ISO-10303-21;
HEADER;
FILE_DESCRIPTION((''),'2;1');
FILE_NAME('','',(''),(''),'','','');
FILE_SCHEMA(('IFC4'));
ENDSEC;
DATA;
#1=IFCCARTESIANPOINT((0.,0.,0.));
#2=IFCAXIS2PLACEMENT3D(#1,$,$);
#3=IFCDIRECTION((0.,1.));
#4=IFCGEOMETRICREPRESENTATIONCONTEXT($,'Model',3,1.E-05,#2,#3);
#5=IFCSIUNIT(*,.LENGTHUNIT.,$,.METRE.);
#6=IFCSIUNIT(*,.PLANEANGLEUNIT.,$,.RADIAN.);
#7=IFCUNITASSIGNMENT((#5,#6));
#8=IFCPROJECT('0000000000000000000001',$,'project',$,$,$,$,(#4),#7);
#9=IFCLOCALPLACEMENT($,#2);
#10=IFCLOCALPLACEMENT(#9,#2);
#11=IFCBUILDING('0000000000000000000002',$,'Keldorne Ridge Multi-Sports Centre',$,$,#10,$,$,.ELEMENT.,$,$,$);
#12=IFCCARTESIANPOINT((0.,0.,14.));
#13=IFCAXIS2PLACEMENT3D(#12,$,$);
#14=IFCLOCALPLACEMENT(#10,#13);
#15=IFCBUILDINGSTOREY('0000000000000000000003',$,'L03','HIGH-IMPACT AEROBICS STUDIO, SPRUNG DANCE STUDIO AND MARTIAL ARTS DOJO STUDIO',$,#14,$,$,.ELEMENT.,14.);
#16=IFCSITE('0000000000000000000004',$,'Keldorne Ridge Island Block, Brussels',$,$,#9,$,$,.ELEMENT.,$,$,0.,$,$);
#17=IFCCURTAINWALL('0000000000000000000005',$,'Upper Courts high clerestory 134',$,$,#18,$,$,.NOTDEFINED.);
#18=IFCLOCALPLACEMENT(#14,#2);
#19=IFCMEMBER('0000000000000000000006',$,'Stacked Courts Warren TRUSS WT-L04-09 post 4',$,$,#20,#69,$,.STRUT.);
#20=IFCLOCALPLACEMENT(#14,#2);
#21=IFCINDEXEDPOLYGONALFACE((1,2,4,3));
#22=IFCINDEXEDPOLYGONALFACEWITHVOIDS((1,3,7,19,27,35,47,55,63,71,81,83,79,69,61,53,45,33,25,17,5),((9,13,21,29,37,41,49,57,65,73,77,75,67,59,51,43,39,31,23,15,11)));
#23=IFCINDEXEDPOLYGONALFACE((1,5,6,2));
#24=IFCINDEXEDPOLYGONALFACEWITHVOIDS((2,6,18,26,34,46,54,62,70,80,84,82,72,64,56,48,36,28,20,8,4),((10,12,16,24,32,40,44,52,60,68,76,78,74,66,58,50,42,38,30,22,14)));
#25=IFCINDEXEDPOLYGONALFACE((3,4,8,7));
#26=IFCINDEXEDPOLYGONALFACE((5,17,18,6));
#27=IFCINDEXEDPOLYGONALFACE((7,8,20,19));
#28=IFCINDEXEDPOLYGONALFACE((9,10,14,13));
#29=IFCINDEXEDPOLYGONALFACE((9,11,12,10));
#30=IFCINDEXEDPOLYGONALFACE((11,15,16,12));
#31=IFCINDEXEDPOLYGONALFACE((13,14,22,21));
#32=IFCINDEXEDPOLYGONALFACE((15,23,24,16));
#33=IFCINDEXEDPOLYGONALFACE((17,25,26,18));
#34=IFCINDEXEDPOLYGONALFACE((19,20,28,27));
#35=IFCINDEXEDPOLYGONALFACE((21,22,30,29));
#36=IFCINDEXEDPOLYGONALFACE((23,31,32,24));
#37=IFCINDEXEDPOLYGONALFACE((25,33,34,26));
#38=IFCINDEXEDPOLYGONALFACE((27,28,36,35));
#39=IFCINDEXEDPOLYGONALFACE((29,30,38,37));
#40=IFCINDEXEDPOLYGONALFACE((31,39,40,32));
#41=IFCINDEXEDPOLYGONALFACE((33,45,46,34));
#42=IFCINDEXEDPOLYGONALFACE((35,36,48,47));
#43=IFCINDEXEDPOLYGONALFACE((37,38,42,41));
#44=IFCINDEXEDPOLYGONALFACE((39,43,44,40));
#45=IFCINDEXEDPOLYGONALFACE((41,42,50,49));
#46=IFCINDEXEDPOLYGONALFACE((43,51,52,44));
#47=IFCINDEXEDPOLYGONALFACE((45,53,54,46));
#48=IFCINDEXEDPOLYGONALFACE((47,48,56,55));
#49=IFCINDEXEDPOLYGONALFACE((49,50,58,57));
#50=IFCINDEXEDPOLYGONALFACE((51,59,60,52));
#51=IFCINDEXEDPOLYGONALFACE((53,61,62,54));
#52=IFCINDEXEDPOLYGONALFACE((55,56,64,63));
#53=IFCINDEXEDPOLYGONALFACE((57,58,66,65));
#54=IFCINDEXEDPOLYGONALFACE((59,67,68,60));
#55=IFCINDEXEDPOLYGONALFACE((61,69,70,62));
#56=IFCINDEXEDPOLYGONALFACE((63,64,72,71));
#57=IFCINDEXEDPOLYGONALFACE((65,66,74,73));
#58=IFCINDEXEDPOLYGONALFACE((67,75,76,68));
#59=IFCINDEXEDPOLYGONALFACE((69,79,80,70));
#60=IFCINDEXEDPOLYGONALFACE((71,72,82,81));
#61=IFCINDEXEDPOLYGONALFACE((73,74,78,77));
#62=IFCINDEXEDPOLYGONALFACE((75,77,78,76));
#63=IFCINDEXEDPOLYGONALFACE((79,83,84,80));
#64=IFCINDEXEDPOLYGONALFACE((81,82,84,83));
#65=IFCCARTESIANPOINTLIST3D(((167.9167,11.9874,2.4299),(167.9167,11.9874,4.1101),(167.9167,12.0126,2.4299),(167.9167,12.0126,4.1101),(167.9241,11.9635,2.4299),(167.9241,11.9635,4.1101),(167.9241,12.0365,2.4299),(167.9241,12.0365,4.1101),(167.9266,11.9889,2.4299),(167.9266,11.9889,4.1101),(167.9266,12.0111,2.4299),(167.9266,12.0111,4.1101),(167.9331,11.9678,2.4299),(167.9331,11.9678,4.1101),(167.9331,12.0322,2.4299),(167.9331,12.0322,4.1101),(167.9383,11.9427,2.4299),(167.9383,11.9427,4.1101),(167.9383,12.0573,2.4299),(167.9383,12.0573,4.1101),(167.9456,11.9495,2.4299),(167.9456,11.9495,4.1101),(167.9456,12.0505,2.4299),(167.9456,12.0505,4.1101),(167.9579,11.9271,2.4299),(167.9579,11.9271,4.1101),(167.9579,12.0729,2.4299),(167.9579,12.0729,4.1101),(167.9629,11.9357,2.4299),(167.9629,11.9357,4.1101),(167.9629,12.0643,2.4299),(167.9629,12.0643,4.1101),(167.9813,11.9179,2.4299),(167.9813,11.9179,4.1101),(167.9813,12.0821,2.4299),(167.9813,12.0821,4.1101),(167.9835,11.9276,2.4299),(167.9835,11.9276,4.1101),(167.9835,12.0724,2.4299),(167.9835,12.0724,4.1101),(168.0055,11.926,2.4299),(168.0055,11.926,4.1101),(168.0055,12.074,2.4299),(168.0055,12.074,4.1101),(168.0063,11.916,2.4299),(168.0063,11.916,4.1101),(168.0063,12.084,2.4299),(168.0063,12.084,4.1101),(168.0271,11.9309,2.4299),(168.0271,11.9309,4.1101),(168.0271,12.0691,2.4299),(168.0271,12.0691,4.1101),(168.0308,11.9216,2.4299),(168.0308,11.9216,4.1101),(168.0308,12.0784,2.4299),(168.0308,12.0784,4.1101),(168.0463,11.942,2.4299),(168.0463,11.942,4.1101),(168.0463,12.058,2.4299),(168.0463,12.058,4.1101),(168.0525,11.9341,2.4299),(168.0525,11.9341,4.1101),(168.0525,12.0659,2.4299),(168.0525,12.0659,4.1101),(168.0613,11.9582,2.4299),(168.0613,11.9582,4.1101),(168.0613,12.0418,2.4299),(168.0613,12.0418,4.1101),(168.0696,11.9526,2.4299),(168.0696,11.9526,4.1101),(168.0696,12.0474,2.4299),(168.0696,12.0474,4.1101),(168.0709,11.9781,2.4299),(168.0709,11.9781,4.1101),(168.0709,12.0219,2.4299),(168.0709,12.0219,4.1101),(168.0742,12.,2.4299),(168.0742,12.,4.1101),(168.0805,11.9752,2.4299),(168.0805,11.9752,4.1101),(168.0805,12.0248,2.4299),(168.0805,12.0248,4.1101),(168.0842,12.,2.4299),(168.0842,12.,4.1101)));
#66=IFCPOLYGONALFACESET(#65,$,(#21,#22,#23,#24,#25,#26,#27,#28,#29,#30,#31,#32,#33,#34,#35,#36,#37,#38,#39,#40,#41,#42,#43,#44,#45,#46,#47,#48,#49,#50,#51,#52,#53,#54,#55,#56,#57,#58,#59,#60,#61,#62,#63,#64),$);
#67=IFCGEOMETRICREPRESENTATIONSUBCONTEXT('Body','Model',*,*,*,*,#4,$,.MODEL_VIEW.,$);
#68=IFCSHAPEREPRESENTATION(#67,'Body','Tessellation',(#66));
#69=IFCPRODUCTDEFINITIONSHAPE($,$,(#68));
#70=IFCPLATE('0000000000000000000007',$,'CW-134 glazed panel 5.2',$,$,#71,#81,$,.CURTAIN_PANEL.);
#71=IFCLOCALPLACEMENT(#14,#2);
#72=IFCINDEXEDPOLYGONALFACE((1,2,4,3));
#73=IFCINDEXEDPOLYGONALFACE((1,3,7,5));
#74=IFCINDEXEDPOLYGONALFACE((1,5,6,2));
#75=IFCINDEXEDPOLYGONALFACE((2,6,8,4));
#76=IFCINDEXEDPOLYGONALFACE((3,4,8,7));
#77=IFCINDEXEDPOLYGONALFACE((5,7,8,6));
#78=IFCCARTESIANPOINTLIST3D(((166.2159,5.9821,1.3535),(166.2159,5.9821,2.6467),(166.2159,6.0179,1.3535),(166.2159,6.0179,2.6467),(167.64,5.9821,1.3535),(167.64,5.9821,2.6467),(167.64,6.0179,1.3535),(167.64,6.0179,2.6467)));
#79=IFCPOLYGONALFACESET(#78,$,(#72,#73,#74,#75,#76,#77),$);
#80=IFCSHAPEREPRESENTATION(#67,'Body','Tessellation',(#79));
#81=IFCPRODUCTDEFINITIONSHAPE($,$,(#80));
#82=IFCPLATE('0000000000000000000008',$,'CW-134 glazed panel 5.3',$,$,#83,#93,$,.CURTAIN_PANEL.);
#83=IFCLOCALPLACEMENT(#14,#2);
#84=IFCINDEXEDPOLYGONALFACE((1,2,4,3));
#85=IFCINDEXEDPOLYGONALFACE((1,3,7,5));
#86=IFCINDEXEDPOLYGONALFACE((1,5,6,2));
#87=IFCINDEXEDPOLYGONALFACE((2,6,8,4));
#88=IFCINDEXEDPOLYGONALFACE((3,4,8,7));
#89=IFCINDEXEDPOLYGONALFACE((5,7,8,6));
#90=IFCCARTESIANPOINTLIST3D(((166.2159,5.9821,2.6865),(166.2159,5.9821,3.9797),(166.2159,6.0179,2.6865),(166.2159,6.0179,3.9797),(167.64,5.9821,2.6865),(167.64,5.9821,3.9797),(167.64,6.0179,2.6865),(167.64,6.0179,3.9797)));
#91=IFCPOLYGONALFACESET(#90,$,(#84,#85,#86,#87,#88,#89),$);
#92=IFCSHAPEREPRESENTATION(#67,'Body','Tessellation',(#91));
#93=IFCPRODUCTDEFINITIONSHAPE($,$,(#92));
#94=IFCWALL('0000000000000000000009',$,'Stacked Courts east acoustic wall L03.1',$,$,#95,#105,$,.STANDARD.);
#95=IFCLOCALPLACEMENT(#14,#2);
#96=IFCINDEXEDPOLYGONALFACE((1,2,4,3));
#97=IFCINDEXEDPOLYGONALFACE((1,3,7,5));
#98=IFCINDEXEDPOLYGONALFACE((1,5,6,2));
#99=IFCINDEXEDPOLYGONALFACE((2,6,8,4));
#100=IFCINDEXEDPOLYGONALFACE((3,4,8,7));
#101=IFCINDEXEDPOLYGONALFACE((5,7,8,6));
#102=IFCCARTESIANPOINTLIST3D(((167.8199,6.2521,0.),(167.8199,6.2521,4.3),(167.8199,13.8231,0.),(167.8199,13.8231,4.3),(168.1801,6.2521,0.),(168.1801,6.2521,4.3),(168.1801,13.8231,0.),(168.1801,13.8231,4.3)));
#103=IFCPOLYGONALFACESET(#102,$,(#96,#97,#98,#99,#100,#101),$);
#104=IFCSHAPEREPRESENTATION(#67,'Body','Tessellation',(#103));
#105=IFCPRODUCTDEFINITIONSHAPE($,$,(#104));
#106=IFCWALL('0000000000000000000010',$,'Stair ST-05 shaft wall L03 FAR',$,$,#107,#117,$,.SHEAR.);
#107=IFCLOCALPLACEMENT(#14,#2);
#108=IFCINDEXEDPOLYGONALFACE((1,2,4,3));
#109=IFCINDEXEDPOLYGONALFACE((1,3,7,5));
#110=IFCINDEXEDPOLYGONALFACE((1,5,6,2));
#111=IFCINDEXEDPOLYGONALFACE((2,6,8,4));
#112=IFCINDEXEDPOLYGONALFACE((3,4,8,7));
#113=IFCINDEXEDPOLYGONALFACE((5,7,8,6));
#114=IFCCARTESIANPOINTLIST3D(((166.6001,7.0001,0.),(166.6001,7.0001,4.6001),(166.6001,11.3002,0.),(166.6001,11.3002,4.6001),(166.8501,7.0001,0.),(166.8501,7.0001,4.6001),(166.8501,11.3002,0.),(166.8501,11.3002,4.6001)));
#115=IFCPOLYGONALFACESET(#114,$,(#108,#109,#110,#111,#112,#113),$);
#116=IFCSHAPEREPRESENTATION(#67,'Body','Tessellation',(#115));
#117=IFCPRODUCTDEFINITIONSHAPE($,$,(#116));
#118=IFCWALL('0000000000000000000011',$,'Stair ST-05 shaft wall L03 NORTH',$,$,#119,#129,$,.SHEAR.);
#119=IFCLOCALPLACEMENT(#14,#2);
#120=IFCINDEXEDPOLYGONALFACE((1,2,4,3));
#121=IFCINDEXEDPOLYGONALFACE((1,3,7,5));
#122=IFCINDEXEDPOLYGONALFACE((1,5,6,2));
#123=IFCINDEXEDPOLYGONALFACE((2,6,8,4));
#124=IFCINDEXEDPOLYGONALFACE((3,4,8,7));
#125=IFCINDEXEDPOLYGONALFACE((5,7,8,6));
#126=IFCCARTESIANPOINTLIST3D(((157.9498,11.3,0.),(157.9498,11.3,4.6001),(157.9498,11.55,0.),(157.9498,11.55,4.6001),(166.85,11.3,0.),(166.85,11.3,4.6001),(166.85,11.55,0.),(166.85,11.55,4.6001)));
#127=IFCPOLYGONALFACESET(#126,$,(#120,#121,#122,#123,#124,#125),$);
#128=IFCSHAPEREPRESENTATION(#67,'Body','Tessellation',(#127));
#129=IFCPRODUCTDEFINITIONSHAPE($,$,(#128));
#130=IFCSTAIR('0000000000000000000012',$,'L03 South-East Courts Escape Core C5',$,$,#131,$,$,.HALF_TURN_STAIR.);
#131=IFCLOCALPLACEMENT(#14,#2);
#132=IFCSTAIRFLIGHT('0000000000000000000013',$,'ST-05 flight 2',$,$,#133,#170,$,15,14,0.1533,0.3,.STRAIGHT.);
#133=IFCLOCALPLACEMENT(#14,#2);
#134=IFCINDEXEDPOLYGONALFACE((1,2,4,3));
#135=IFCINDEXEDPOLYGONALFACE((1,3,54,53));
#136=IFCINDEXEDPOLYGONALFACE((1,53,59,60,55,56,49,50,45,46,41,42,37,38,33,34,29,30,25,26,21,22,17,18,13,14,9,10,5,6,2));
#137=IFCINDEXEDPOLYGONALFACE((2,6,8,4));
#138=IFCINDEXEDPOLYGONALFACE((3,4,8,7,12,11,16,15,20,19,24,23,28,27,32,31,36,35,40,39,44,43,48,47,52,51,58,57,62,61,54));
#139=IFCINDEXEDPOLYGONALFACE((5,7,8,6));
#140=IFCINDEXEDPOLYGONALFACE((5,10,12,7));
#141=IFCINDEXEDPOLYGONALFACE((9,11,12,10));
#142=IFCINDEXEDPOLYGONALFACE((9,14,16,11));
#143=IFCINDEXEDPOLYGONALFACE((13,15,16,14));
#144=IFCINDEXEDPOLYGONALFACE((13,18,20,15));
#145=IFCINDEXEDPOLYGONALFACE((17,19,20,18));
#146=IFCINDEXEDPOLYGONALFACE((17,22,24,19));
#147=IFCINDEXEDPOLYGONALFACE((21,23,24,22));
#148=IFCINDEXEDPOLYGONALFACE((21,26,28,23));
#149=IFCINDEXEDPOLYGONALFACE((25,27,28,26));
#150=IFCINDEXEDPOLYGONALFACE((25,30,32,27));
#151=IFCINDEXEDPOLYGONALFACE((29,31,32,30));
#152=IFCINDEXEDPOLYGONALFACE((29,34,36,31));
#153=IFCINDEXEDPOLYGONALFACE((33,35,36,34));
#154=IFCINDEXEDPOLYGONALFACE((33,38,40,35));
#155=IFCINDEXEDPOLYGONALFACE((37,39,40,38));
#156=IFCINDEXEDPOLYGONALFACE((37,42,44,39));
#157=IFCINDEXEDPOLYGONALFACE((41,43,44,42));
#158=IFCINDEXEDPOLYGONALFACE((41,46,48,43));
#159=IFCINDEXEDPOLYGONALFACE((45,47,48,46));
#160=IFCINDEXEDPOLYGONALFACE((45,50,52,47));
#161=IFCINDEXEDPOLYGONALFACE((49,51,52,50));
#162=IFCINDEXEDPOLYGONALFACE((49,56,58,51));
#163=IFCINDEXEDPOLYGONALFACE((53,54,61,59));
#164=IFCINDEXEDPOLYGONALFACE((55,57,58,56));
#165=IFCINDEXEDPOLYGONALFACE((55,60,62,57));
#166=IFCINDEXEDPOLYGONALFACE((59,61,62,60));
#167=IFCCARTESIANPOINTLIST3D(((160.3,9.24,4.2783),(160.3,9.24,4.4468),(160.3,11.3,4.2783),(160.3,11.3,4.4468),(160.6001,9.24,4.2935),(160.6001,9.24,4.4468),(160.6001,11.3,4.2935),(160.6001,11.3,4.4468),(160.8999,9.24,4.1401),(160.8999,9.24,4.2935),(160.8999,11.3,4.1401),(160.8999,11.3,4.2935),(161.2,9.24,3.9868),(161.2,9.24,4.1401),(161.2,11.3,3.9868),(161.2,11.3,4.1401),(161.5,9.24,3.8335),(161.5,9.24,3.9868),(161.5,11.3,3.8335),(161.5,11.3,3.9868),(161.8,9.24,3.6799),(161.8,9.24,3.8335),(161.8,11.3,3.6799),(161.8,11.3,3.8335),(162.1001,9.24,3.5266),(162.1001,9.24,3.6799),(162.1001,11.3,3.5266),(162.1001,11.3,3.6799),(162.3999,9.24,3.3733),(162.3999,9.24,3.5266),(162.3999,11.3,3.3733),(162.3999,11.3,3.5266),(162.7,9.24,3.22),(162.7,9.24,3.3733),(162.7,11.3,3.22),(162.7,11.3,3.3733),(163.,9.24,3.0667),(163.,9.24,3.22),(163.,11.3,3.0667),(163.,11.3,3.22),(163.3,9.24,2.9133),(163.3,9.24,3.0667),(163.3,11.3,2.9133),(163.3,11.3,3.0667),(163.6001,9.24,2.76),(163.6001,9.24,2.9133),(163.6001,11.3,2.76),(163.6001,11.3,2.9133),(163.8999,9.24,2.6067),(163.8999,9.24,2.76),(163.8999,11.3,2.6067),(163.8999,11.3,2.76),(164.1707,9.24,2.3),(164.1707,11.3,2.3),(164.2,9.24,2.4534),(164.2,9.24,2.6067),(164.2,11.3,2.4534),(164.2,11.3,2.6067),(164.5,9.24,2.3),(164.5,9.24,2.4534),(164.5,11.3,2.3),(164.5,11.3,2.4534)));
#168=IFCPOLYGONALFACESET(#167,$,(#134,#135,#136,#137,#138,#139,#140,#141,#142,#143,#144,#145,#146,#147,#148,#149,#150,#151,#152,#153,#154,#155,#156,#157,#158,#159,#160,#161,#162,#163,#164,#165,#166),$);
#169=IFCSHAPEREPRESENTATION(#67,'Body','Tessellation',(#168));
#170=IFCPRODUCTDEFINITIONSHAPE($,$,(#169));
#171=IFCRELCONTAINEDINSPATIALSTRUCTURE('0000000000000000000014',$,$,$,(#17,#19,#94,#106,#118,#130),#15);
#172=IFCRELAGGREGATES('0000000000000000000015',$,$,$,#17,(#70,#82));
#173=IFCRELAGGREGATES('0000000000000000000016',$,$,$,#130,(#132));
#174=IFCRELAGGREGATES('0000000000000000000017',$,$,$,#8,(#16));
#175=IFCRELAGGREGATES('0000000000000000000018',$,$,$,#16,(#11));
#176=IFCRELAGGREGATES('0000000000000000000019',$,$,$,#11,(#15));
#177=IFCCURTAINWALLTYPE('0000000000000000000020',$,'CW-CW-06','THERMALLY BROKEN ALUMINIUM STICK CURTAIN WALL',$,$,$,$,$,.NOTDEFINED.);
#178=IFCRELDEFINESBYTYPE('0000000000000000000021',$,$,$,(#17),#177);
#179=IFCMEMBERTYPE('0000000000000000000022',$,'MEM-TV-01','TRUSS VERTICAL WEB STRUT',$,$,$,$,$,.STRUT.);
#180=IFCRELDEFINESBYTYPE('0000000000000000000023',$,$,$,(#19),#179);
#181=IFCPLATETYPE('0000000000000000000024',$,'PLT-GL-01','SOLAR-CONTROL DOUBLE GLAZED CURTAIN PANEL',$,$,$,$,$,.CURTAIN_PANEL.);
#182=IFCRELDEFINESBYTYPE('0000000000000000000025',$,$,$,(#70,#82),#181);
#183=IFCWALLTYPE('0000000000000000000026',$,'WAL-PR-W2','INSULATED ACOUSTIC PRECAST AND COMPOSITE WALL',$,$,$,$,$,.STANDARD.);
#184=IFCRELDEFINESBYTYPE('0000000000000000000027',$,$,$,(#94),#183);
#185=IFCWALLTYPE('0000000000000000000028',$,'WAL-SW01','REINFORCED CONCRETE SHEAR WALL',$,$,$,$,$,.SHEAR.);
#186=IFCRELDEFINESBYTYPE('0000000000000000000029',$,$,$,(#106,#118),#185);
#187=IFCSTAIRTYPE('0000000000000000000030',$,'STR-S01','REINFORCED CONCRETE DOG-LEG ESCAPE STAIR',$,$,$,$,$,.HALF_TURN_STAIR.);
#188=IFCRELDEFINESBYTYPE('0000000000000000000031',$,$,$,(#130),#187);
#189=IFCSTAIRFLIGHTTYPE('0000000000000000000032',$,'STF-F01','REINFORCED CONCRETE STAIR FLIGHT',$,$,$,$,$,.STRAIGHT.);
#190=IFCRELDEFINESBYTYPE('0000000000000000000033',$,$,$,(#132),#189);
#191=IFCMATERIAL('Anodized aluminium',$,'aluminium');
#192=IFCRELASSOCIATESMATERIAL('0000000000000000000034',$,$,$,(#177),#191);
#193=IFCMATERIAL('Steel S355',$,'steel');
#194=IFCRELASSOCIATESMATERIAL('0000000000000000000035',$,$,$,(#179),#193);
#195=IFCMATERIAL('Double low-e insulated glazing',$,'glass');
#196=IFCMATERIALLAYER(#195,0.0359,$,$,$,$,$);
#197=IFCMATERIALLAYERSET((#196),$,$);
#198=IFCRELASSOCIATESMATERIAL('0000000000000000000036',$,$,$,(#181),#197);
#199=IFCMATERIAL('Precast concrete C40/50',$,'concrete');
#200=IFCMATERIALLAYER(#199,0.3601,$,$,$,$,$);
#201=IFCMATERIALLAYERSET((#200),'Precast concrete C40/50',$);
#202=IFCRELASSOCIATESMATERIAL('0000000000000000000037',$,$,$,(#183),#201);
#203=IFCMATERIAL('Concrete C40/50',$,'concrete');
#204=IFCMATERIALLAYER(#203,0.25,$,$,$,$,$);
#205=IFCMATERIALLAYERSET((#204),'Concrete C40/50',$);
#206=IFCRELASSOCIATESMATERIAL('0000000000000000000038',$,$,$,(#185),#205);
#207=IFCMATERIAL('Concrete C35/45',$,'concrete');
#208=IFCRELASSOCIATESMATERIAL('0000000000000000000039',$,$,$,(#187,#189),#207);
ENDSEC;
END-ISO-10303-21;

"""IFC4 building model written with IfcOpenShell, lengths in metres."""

from ifc_helpers import new_model, si_unit, direction, frame, frame_2d, origin, origin_2d, place, context, subcontext, project, spatial, polyline, rectangle, hollow_circle, outline, extrude, material, layer, layer_set, material_profile, profile_set, type_object, element, aggregate, save


model = new_model("IFC4")

# Units and contexts
model_context = context("Model", 3, precision=1e-05, world=origin(), true_north=direction((0.0, 1.0)))
body_context = subcontext(model_context, "Body", "Model", "MODEL_VIEW")
ifc_project = project(units=[si_unit("LENGTHUNIT", "METRE"), si_unit("PLANEANGLEUNIT", "RADIAN")], contexts=[model_context])

# Site, building, storey
site_placement = place(None, origin())
site = spatial("IfcSite", under=ifc_project, at=site_placement, Name="Keldorne Ridge Island Block, Brussels", CompositionType="ELEMENT", RefElevation=0.0)
building_placement = place(site_placement, origin())
building = spatial("IfcBuilding", under=site, at=building_placement, Name="Keldorne Ridge Multi-Sports Centre", CompositionType="ELEMENT")
storey_placement = place(building_placement, frame((0.0, 0.0, 14.0)))
storey = spatial("IfcBuildingStorey", under=building, at=storey_placement, Name="L03", Description="HIGH-IMPACT AEROBICS STUDIO, SPRUNG DANCE STUDIO AND MARTIAL ARTS DOJO STUDIO", CompositionType="ELEMENT", Elevation=14.0)

# Shared definitions
ifc_material_1 = material(Name="Steel S355", Category="steel")

# Curtain wall
ifc_material_2 = material(Name="Anodized aluminium", Category="aluminium")
curtain_wall_type = type_object("IfcCurtainWallType", Name="CW-CW-06", Description="THERMALLY BROKEN ALUMINIUM STICK CURTAIN WALL", PredefinedType="NOTDEFINED", material=ifc_material_2)
curtain_wall_placement = place(storey_placement, origin())
curtain_wall = element("IfcCurtainWall", 1, at=curtain_wall_placement, inside=storey, type_object=curtain_wall_type, Name="Upper Courts high clerestory 134", PredefinedType="NOTDEFINED")

# Member
ifc_material_profile_1 = material_profile(ifc_material_1, hollow_circle(Radius=0.0842, WallThickness=0.01, at=origin_2d()), Name="CHS 168.3x10")
ifc_profile_set_1 = profile_set([ifc_material_profile_1], Name="Steel S355")
member_type_1 = type_object("IfcMemberType", Name="MEM-TV-01", Description="TRUSS VERTICAL WEB STRUT", PredefinedType="STRUT", material=ifc_profile_set_1)
for number, where, z_axis, x_axis, name in (
    (2, (168.0, 12.0, 2.4299), (0.0, 0.0, 1.0), (1.0, 0.0, 0.0), "Stacked Courts Warren TRUSS WT-L04-09 post 4"),
):
    element("IfcMember", number, at=place(storey_placement, frame(where, z_axis=z_axis, x_axis=x_axis)), inside=storey, type_object=member_type_1, Name=name, PredefinedType="STRUT", context=body_context, shape_type="SweptSolid", body=[
        extrude(hollow_circle(Radius=0.0842, WallThickness=0.01, at=origin_2d()), origin(), (0.0, 0.0, 1.0), 1.6802),
    ])

# Plates
ifc_material_3 = material(Name="Double low-e insulated glazing", Category="glass")
ifc_layer_1 = layer(ifc_material_3, 0.0359)
ifc_layer_set_1 = layer_set([ifc_layer_1])
plate_type = type_object("IfcPlateType", Name="PLT-GL-01", Description="SOLAR-CONTROL DOUBLE GLAZED CURTAIN PANEL", PredefinedType="CURTAIN_PANEL", material=ifc_layer_set_1)
plate_1_placement = place(storey_placement, frame((166.928, 6.0, 1.3535), z_axis=(0.0, 0.0, 1.0), x_axis=(1.0, 0.0, 0.0)))
plate_1 = element("IfcPlate", 3, at=plate_1_placement, type_object=plate_type, Name="CW-134 glazed panel 5.2", PredefinedType="CURTAIN_PANEL", context=body_context, shape_type="SweptSolid", body=[
    extrude(rectangle(XDim=1.4241, YDim=0.0359, at=origin_2d()), origin(), (0.0, 0.0, 1.0), 1.2932),
])
plate_2_placement = place(storey_placement, frame((166.928, 6.0, 2.6865), z_axis=(0.0, 0.0, 1.0), x_axis=(1.0, 0.0, 0.0)))
plate_2 = element("IfcPlate", 4, at=plate_2_placement, type_object=plate_type, Name="CW-134 glazed panel 5.3", PredefinedType="CURTAIN_PANEL", context=body_context, shape_type="SweptSolid", body=[
    extrude(rectangle(XDim=1.4241, YDim=0.0359, at=origin_2d()), origin(), (0.0, 0.0, 1.0), 1.2932),
])
aggregate(curtain_wall, [plate_1, plate_2])

# Walls
ifc_material_4 = material(Name="Precast concrete C40/50", Category="concrete")
ifc_layer_2 = layer(ifc_material_4, 0.3601)
ifc_layer_set_2 = layer_set([ifc_layer_2], Name="Precast concrete C40/50")
wall_type_1 = type_object("IfcWallType", Name="WAL-PR-W2", Description="INSULATED ACOUSTIC PRECAST AND COMPOSITE WALL", PredefinedType="STANDARD", material=ifc_layer_set_2)
wall_1_placement = place(storey_placement, frame((168.0, 6.252, 0.0), z_axis=(0.0, 0.0, 1.0), x_axis=(0.0, 1.0, 0.0)))
element("IfcWall", 5, at=wall_1_placement, inside=storey, type_object=wall_type_1, Name="Stacked Courts east acoustic wall L03.1", PredefinedType="STANDARD", context=body_context, shape_type="SweptSolid", body=[
    extrude(rectangle(XDim=7.571, YDim=0.3601, at=frame_2d((3.7856, 0.0))), origin(), (0.0, 0.0, 1.0), 4.3),
])
ifc_material_5 = material(Name="Concrete C40/50", Category="concrete")
ifc_layer_3 = layer(ifc_material_5, 0.25)
ifc_layer_set_3 = layer_set([ifc_layer_3], Name="Concrete C40/50")
wall_type_2 = type_object("IfcWallType", Name="WAL-SW01", Description="REINFORCED CONCRETE SHEAR WALL", PredefinedType="SHEAR", material=ifc_layer_set_3)
wall_2_placement = place(storey_placement, frame((166.7251, 11.3, 0.0), z_axis=(0.0, 0.0, 1.0), x_axis=(0.0, -1.0, 0.0)))
element("IfcWall", 6, at=wall_2_placement, inside=storey, type_object=wall_type_2, Name="Stair ST-05 shaft wall L03 FAR", PredefinedType="SHEAR", context=body_context, shape_type="SweptSolid", body=[
    extrude(rectangle(XDim=4.3, YDim=0.25, at=frame_2d((2.1499, 0.0))), origin(), (0.0, 0.0, 1.0), 4.6001),
])
wall_3_placement = place(storey_placement, frame((166.8501, 11.425, 0.0), z_axis=(0.0, 0.0, 1.0), x_axis=(-1.0, 0.0, 0.0)))
element("IfcWall", 7, at=wall_3_placement, inside=storey, type_object=wall_type_2, Name="Stair ST-05 shaft wall L03 NORTH", PredefinedType="SHEAR", context=body_context, shape_type="SweptSolid", body=[
    extrude(rectangle(XDim=8.9001, YDim=0.25, at=frame_2d((4.4502, 0.0))), origin(), (0.0, 0.0, 1.0), 4.6001),
])

# Stair, stair flight
ifc_material_6 = material(Name="Concrete C35/45", Category="concrete")
stair_type = type_object("IfcStairType", Name="STR-S01", Description="REINFORCED CONCRETE DOG-LEG ESCAPE STAIR", PredefinedType="HALF_TURN_STAIR", material=ifc_material_6)
stair_placement = place(storey_placement, origin())
stair = element("IfcStair", 8, at=stair_placement, inside=storey, type_object=stair_type, Name="L03 South-East Courts Escape Core C5", PredefinedType="HALF_TURN_STAIR")
stair_flight_type = type_object("IfcStairFlightType", Name="STF-F01", Description="REINFORCED CONCRETE STAIR FLIGHT", PredefinedType="STRAIGHT", material=ifc_material_6)
stair_flight_placement = place(storey_placement, frame((164.5, 10.27, 2.3), z_axis=(0.0, 0.0, 1.0), x_axis=(-1.0, 0.0, 0.0)))
stair_flight = element("IfcStairFlight", 9, at=stair_flight_placement, type_object=stair_flight_type, Name="ST-05 flight 2", NumberOfRisers=15, NumberOfTreads=14, PredefinedType="STRAIGHT", RiserHeight=0.1533, TreadLength=0.3, context=body_context, shape_type="SweptSolid", body=[
    extrude(outline(polyline([(0.0, 0.0), (0.0, 0.1533), (0.3, 0.1533), (0.3, 0.3066), (0.6001, 0.3066), (0.6001, 0.46), (0.8999, 0.46), (0.8999, 0.6133), (1.2, 0.6133), (1.2, 0.7666), (1.5, 0.7666), (1.5, 0.9199), (1.8, 0.9199), (1.8, 1.0732), (2.1001, 1.0732), (2.1001, 1.2266), (2.3999, 1.2266), (2.3999, 1.3799), (2.7, 1.3799), (2.7, 1.5334), (3.0, 1.5334), (3.0, 1.6868), (3.3, 1.6868), (3.3, 1.8401), (3.6001, 1.8401), (3.6001, 1.9934), (3.8999, 1.9934), (3.8999, 2.1467), (4.2, 2.1467), (4.2, 2.3), (4.2, 1.9783), (0.3293, 0.0), (0.0, 0.0)])), frame((0.0, 1.03, 0.0), z_axis=(0.0, -1.0, 0.0), x_axis=(1.0, 0.0, 0.0)), (0.0, 0.0, 1.0), 2.0601),
])
aggregate(stair, [stair_flight])

save(model, "model.ifc")
